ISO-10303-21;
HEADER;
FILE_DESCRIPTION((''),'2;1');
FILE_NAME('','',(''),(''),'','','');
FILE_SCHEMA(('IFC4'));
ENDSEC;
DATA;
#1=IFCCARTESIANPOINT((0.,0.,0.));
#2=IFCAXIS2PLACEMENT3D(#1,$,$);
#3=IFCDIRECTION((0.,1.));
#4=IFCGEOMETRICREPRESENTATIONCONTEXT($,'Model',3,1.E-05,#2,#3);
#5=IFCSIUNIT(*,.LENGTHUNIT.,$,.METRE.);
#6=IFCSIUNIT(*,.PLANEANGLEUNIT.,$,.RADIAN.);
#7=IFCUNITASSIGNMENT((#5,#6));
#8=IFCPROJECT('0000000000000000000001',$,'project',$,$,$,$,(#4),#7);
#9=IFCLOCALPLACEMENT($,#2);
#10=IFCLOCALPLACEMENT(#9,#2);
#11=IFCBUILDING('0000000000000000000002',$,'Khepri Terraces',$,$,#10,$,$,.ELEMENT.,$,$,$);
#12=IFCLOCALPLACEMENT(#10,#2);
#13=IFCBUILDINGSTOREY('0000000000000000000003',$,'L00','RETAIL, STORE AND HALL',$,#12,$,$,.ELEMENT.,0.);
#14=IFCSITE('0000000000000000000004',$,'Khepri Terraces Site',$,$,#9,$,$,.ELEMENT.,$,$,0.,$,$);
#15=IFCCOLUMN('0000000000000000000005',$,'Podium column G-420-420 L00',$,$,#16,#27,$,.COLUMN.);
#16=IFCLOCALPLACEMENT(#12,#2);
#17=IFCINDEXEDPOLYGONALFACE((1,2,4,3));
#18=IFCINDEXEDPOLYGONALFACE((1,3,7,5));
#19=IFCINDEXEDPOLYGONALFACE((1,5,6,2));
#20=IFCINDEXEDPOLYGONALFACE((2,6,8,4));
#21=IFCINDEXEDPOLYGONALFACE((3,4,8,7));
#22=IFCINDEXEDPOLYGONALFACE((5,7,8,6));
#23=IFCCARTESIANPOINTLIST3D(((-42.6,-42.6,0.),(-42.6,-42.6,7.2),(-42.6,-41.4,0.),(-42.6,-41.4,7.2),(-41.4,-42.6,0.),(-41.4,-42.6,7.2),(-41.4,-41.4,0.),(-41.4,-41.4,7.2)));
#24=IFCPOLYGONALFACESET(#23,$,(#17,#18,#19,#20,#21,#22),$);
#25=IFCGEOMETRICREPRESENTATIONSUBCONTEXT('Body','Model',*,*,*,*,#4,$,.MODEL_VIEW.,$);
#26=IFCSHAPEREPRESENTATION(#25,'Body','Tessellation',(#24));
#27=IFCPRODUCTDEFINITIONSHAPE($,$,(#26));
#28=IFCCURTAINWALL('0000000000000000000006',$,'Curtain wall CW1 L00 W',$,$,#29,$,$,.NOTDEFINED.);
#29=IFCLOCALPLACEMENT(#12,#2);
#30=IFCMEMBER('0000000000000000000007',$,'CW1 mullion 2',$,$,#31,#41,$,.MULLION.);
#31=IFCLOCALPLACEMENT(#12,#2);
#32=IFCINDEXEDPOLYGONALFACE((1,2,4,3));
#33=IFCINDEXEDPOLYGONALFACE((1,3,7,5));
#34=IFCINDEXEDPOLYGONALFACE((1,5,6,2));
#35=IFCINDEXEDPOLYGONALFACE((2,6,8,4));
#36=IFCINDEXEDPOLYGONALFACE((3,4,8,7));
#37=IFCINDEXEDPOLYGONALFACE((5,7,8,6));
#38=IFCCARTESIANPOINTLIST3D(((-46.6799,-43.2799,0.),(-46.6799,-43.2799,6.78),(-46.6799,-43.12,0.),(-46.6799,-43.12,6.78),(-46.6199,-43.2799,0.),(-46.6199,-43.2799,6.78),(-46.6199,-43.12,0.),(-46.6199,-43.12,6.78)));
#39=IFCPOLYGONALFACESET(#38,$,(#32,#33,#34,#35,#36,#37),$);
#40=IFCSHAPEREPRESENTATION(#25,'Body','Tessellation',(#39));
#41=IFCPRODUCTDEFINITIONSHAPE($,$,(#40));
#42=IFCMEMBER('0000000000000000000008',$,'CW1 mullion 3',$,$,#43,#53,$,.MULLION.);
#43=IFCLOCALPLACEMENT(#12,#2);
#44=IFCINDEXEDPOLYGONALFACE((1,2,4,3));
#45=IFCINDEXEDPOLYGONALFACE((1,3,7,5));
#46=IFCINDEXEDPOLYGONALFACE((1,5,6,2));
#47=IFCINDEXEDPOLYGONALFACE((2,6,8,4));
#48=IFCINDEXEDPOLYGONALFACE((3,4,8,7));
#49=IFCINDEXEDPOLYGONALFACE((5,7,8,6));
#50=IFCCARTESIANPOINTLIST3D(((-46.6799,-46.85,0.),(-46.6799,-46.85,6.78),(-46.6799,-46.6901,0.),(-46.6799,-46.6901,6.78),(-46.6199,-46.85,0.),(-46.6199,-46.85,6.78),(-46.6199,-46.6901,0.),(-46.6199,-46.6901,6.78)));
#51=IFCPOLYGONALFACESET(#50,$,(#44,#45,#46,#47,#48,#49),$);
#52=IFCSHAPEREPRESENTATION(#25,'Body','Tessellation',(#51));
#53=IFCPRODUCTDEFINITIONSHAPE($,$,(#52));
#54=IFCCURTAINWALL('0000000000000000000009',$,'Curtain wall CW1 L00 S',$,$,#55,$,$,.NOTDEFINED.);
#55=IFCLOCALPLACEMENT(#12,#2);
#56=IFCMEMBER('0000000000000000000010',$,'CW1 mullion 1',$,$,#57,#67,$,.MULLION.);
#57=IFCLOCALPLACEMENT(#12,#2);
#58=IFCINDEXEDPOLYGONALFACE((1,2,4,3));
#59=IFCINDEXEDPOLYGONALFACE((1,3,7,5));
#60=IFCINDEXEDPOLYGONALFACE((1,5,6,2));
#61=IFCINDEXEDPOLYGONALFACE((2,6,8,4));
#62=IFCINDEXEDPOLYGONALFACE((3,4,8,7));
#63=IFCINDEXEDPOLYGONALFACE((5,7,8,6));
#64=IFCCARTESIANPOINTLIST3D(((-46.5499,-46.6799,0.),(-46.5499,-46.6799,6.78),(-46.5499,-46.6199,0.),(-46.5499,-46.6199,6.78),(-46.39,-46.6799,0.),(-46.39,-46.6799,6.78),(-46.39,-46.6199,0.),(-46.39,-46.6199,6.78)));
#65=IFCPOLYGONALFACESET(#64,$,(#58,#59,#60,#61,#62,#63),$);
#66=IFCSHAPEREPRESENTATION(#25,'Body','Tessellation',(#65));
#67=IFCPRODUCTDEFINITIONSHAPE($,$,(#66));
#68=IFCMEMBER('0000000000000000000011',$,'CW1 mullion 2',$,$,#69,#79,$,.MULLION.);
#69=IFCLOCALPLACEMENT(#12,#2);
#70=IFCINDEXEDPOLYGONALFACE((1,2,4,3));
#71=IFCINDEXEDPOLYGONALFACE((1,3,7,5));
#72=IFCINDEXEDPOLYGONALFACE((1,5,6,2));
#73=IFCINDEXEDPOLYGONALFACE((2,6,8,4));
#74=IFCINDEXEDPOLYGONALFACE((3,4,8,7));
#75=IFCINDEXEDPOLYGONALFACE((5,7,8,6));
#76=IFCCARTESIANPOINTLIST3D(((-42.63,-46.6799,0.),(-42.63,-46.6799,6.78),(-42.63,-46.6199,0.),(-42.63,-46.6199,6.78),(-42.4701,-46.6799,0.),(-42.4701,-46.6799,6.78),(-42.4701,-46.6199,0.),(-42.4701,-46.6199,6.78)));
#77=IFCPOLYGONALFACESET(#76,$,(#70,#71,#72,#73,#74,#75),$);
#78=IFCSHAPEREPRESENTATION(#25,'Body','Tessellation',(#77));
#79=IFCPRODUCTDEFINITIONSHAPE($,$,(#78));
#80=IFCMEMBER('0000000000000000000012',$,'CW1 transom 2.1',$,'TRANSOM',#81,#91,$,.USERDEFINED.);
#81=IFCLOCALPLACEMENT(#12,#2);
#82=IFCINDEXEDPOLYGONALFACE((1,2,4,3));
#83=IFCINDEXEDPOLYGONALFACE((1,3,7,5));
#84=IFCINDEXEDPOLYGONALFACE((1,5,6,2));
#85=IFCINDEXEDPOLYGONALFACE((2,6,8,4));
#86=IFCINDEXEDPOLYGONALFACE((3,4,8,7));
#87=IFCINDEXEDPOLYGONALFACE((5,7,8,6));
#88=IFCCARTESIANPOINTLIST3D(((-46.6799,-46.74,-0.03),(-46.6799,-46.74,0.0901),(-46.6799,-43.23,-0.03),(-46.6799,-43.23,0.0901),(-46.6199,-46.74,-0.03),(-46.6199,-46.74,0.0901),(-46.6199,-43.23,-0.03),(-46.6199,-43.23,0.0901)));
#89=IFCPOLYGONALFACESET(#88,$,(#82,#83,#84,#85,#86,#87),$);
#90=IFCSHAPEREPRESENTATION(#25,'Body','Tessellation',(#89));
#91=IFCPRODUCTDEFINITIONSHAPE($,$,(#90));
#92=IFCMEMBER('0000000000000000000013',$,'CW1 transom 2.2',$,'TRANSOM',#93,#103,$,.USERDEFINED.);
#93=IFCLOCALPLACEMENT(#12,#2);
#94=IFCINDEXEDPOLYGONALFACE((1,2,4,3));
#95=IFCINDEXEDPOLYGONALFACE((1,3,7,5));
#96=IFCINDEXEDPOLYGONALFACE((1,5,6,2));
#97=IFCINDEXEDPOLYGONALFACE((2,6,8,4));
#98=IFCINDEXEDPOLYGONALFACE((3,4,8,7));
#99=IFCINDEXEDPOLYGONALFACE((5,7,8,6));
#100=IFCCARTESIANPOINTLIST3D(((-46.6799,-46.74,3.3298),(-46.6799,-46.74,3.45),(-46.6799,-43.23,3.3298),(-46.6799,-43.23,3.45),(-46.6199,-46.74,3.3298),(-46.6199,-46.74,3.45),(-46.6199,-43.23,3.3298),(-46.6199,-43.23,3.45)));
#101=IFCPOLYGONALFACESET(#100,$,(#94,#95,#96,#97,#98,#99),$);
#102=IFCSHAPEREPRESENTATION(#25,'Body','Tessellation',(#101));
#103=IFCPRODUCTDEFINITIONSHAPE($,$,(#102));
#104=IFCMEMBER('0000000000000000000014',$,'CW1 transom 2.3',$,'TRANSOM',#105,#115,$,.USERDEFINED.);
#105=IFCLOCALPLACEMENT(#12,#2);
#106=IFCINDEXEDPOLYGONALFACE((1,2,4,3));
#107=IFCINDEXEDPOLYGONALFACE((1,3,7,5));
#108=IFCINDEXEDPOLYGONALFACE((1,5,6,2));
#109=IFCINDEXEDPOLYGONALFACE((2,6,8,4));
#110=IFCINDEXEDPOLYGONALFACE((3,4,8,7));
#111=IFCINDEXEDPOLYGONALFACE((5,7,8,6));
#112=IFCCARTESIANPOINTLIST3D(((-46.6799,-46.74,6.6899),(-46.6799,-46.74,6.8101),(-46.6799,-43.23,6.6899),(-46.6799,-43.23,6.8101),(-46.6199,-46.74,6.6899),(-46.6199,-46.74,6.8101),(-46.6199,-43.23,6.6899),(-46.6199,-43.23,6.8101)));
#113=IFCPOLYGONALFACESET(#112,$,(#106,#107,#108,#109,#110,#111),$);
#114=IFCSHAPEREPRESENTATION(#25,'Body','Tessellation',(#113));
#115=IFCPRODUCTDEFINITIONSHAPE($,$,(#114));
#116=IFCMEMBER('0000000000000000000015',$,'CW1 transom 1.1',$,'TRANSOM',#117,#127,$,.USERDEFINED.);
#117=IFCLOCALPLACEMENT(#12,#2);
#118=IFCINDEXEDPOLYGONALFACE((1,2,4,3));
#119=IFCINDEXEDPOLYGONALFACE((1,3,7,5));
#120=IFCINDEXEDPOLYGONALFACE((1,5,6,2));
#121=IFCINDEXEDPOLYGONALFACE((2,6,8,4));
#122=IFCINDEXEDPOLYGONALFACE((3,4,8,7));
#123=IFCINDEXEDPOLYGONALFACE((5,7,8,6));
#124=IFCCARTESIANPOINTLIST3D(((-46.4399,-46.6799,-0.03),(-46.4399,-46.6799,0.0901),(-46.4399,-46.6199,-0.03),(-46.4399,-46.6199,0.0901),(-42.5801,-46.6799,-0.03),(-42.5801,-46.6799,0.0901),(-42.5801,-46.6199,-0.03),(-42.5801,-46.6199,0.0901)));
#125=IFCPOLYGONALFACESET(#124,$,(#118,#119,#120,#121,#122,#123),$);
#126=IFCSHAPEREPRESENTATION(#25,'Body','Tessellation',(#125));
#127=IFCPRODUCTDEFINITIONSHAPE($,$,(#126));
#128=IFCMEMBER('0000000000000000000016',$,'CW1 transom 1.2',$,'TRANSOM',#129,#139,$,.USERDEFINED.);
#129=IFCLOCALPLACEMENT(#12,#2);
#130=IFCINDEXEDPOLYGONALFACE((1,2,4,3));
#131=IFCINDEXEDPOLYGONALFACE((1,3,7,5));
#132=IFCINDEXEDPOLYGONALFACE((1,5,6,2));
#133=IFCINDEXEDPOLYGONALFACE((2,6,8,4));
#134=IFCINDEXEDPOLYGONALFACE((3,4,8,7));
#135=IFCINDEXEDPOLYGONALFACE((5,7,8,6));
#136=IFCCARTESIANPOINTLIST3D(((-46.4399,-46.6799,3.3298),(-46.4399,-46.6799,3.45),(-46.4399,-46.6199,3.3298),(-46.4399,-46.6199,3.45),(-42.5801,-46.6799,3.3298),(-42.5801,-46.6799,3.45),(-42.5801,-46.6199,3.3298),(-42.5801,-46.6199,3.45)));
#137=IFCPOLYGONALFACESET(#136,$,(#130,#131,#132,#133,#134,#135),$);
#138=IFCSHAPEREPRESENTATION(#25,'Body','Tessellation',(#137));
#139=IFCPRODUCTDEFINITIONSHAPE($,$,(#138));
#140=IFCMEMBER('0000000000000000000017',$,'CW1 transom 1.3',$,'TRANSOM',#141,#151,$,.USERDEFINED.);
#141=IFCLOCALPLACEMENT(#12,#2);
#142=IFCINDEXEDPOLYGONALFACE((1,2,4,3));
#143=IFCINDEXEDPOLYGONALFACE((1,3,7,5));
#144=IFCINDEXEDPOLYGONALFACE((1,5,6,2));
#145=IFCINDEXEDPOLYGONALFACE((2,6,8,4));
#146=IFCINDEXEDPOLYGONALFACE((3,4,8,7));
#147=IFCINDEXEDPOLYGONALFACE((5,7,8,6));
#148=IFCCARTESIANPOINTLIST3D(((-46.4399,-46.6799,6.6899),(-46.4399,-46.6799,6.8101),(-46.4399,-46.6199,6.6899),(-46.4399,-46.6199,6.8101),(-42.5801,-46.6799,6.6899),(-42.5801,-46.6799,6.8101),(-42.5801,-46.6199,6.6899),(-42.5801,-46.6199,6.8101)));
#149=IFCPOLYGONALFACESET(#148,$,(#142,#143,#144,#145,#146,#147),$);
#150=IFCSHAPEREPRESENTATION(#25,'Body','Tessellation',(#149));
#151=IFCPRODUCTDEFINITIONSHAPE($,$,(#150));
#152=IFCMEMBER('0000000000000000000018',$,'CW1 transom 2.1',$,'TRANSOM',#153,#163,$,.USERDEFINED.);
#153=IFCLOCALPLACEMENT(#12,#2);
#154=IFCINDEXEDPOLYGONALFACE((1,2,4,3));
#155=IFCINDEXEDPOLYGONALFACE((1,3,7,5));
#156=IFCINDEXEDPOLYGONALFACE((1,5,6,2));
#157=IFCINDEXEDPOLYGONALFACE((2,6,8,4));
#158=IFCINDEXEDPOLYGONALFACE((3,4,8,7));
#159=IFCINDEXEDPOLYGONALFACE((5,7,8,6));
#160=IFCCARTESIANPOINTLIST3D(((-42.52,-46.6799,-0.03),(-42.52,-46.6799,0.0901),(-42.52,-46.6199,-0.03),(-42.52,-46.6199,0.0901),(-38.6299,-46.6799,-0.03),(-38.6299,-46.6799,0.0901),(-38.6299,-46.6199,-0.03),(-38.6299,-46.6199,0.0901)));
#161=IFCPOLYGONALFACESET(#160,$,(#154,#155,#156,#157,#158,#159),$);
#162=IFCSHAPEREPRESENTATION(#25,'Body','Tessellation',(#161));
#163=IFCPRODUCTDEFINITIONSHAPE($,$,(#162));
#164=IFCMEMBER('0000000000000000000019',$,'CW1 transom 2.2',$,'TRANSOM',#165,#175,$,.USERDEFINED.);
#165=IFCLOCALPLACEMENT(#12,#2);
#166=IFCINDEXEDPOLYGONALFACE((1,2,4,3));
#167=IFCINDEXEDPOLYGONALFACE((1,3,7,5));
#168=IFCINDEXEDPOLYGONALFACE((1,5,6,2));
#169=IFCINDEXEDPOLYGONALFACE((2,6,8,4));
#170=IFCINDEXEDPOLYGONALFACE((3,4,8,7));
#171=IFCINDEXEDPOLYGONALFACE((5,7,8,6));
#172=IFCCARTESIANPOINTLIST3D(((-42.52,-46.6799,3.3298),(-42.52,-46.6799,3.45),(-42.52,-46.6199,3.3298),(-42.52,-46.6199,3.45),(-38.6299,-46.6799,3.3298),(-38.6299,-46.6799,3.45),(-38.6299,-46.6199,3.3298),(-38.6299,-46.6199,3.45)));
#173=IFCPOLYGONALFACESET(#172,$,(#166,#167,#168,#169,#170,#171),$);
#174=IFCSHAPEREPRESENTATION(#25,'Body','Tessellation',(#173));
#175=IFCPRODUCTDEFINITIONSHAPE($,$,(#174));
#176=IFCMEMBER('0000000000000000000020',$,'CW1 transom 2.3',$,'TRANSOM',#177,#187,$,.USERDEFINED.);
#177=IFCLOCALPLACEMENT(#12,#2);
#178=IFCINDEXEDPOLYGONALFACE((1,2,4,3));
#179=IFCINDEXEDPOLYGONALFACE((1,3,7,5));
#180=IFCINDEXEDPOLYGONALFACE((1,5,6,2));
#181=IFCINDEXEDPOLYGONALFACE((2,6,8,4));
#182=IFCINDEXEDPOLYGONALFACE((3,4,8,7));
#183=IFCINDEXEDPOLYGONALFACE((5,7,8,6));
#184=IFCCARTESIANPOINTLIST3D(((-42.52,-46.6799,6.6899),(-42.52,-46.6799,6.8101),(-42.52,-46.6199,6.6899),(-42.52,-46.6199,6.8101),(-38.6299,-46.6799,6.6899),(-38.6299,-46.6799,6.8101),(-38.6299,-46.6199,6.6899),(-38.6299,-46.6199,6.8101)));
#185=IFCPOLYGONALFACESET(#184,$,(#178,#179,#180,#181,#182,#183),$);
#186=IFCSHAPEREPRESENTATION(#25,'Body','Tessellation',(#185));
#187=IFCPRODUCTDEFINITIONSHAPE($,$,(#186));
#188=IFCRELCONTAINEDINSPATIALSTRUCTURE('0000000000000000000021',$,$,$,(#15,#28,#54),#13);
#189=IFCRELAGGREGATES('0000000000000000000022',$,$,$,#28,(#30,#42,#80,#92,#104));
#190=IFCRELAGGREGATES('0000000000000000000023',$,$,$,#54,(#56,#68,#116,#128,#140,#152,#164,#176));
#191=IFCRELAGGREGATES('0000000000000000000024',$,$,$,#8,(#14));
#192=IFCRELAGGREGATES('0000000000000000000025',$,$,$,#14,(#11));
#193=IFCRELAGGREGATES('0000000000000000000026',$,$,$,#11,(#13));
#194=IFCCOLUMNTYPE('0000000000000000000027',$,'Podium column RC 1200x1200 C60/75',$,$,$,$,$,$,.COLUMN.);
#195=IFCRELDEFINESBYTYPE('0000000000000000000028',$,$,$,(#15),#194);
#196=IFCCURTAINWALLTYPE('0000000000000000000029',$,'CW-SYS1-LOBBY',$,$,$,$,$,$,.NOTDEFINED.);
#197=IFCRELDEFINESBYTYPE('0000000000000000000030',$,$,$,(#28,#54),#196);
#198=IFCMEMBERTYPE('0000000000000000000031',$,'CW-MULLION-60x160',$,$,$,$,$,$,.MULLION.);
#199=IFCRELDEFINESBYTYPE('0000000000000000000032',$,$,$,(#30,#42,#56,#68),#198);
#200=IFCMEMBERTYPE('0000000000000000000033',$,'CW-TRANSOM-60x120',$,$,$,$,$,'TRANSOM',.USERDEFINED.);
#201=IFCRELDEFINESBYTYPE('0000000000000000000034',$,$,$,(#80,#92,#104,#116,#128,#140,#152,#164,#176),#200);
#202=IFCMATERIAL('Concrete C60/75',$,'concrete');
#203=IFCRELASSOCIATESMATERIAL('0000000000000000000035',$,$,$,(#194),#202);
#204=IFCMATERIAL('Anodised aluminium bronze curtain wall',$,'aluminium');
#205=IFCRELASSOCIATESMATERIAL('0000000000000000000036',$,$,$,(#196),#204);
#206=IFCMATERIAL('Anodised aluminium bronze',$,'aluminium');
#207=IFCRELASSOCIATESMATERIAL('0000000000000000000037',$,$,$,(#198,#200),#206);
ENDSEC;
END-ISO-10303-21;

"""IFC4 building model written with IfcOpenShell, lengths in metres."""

from ifc_helpers import new_model, si_unit, direction, frame, origin, origin_2d, place, context, subcontext, project, spatial, rectangle, extrude, material, material_profile, profile_set, type_object, element, aggregate, save


model = new_model("IFC4")

# Units and contexts
model_context = context("Model", 3, precision=1e-05, world=origin(), true_north=direction((0.0, 1.0)))
body_context = subcontext(model_context, "Body", "Model", "MODEL_VIEW")
ifc_project = project(units=[si_unit("LENGTHUNIT", "METRE"), si_unit("PLANEANGLEUNIT", "RADIAN")], contexts=[model_context])

# Site, building, storey
site_placement = place(None, origin())
site = spatial("IfcSite", under=ifc_project, at=site_placement, Name="Khepri Terraces Site", CompositionType="ELEMENT", RefElevation=0.0)
building_placement = place(site_placement, origin())
building = spatial("IfcBuilding", under=site, at=building_placement, Name="Khepri Terraces", CompositionType="ELEMENT")
storey_placement = place(building_placement, origin())
storey = spatial("IfcBuildingStorey", under=building, at=storey_placement, Name="L00", Description="RETAIL, STORE AND HALL", CompositionType="ELEMENT", Elevation=0.0)

# Column
ifc_material_1 = material(Name="Concrete C60/75", Category="concrete")
ifc_material_profile_1 = material_profile(ifc_material_1, rectangle(XDim=1.2, YDim=1.2, at=origin_2d()), Name="Concrete C60/75", Category="concrete")
ifc_profile_set_1 = profile_set([ifc_material_profile_1], Name="Concrete C60/75")
column_type = type_object("IfcColumnType", Name="Podium column RC 1200x1200 C60/75", PredefinedType="COLUMN", material=ifc_profile_set_1)
column_placement = place(storey_placement, frame((-42.0, -42.0, 0.0), z_axis=(0.0, 0.0, 1.0), x_axis=(1.0, 0.0, 0.0)))
element("IfcColumn", 1, at=column_placement, inside=storey, type_object=column_type, Name="Podium column G-420-420 L00", PredefinedType="COLUMN", context=body_context, shape_type="SweptSolid", body=[
    extrude(rectangle(XDim=1.2, YDim=1.2, at=origin_2d()), origin(), (0.0, 0.0, 1.0), 7.2),
])

# Curtain walls, members
ifc_material_2 = material(Name="Anodised aluminium bronze curtain wall", Category="aluminium")
curtain_wall_type = type_object("IfcCurtainWallType", Name="CW-SYS1-LOBBY", PredefinedType="NOTDEFINED", material=ifc_material_2)
curtain_wall_1_placement = place(storey_placement, origin())
curtain_wall_1 = element("IfcCurtainWall", 2, at=curtain_wall_1_placement, inside=storey, type_object=curtain_wall_type, Name="Curtain wall CW1 L00 W", PredefinedType="NOTDEFINED")
ifc_material_3 = material(Name="Anodised aluminium bronze", Category="aluminium")
ifc_material_profile_2 = material_profile(ifc_material_3, rectangle(XDim=0.0601, YDim=0.1599, at=origin_2d()), Name="Anodised aluminium bronze", Category="aluminium")
ifc_profile_set_2 = profile_set([ifc_material_profile_2], Name="Anodised aluminium bronze")
member_type_1 = type_object("IfcMemberType", Name="CW-MULLION-60x160", PredefinedType="MULLION", material=ifc_profile_set_2)
member_1_placement = place(storey_placement, frame((-46.6499, -43.2, 0.0), z_axis=(0.0, 0.0, 1.0), x_axis=(1.0, 0.0, 0.0)))
member_1 = element("IfcMember", 3, at=member_1_placement, type_object=member_type_1, Name="CW1 mullion 2", PredefinedType="MULLION", context=body_context, shape_type="SweptSolid", body=[
    extrude(rectangle(XDim=0.0601, YDim=0.1599, at=origin_2d()), origin(), (0.0, 0.0, 1.0), 6.78),
])
member_2_placement = place(storey_placement, frame((-46.6499, -46.77, 0.0), z_axis=(0.0, 0.0, 1.0), x_axis=(1.0, 0.0, 0.0)))
member_2 = element("IfcMember", 4, at=member_2_placement, type_object=member_type_1, Name="CW1 mullion 3", PredefinedType="MULLION", context=body_context, shape_type="SweptSolid", body=[
    extrude(rectangle(XDim=0.0601, YDim=0.1599, at=origin_2d()), origin(), (0.0, 0.0, 1.0), 6.78),
])
curtain_wall_2_placement = place(storey_placement, origin())
curtain_wall_2 = element("IfcCurtainWall", 5, at=curtain_wall_2_placement, inside=storey, type_object=curtain_wall_type, Name="Curtain wall CW1 L00 S", PredefinedType="NOTDEFINED")
member_3_placement = place(storey_placement, frame((-46.47, -46.6499, 0.0), z_axis=(0.0, 0.0, 1.0), x_axis=(0.0, 1.0, 0.0)))
member_3 = element("IfcMember", 6, at=member_3_placement, type_object=member_type_1, Name="CW1 mullion 1", PredefinedType="MULLION", context=body_context, shape_type="SweptSolid", body=[
    extrude(rectangle(XDim=0.0601, YDim=0.1599, at=origin_2d()), origin(), (0.0, 0.0, 1.0), 6.78),
])
member_4_placement = place(storey_placement, frame((-42.55, -46.6499, 0.0), z_axis=(0.0, 0.0, 1.0), x_axis=(0.0, 1.0, 0.0)))
member_4 = element("IfcMember", 7, at=member_4_placement, type_object=member_type_1, Name="CW1 mullion 2", PredefinedType="MULLION", context=body_context, shape_type="SweptSolid", body=[
    extrude(rectangle(XDim=0.0601, YDim=0.1599, at=origin_2d()), origin(), (0.0, 0.0, 1.0), 6.78),
])

# Members
ifc_material_profile_3 = material_profile(ifc_material_3, rectangle(XDim=0.0601, YDim=0.1201, at=origin_2d()), Name="Anodised aluminium bronze", Category="aluminium")
ifc_profile_set_3 = profile_set([ifc_material_profile_3], Name="Anodised aluminium bronze")
member_type_2 = type_object("IfcMemberType", Name="CW-TRANSOM-60x120", ElementType="TRANSOM", PredefinedType="USERDEFINED", material=ifc_profile_set_3)
member_5_placement = place(storey_placement, frame((-46.6499, -43.23, 0.03), z_axis=(0.0, -1.0, 0.0), x_axis=(1.0, 0.0, 0.0)))
member_5 = element("IfcMember", 8, at=member_5_placement, type_object=member_type_2, Name="CW1 transom 2.1", ObjectType="TRANSOM", PredefinedType="USERDEFINED", context=body_context, shape_type="SweptSolid", body=[
    extrude(rectangle(XDim=0.0601, YDim=0.1201, at=origin_2d()), origin(), (0.0, 0.0, 1.0), 3.51),
])
member_6_placement = place(storey_placement, frame((-46.6499, -43.23, 3.3899), z_axis=(0.0, -1.0, 0.0), x_axis=(1.0, 0.0, 0.0)))
member_6 = element("IfcMember", 9, at=member_6_placement, type_object=member_type_2, Name="CW1 transom 2.2", ObjectType="TRANSOM", PredefinedType="USERDEFINED", context=body_context, shape_type="SweptSolid", body=[
    extrude(rectangle(XDim=0.0601, YDim=0.1201, at=origin_2d()), origin(), (0.0, 0.0, 1.0), 3.51),
])
member_7_placement = place(storey_placement, frame((-46.6499, -43.23, 6.75), z_axis=(0.0, -1.0, 0.0), x_axis=(1.0, 0.0, 0.0)))
member_7 = element("IfcMember", 10, at=member_7_placement, type_object=member_type_2, Name="CW1 transom 2.3", ObjectType="TRANSOM", PredefinedType="USERDEFINED", context=body_context, shape_type="SweptSolid", body=[
    extrude(rectangle(XDim=0.0601, YDim=0.1201, at=origin_2d()), origin(), (0.0, 0.0, 1.0), 3.51),
])
member_8_placement = place(storey_placement, frame((-46.4399, -46.6499, 0.03), z_axis=(1.0, 0.0, 0.0), x_axis=(0.0, 1.0, 0.0)))
member_8 = element("IfcMember", 11, at=member_8_placement, type_object=member_type_2, Name="CW1 transom 1.1", ObjectType="TRANSOM", PredefinedType="USERDEFINED", context=body_context, shape_type="SweptSolid", body=[
    extrude(rectangle(XDim=0.0601, YDim=0.1201, at=origin_2d()), origin(), (0.0, 0.0, 1.0), 3.8599),
])
member_9_placement = place(storey_placement, frame((-46.4399, -46.6499, 3.3899), z_axis=(1.0, 0.0, 0.0), x_axis=(0.0, 1.0, 0.0)))
member_9 = element("IfcMember", 12, at=member_9_placement, type_object=member_type_2, Name="CW1 transom 1.2", ObjectType="TRANSOM", PredefinedType="USERDEFINED", context=body_context, shape_type="SweptSolid", body=[
    extrude(rectangle(XDim=0.0601, YDim=0.1201, at=origin_2d()), origin(), (0.0, 0.0, 1.0), 3.8599),
])
member_10_placement = place(storey_placement, frame((-46.4399, -46.6499, 6.75), z_axis=(1.0, 0.0, 0.0), x_axis=(0.0, 1.0, 0.0)))
member_10 = element("IfcMember", 13, at=member_10_placement, type_object=member_type_2, Name="CW1 transom 1.3", ObjectType="TRANSOM", PredefinedType="USERDEFINED", context=body_context, shape_type="SweptSolid", body=[
    extrude(rectangle(XDim=0.0601, YDim=0.1201, at=origin_2d()), origin(), (0.0, 0.0, 1.0), 3.8599),
])
member_11_placement = place(storey_placement, frame((-42.52, -46.6499, 0.03), z_axis=(1.0, 0.0, 0.0), x_axis=(0.0, 1.0, 0.0)))
member_11 = element("IfcMember", 14, at=member_11_placement, type_object=member_type_2, Name="CW1 transom 2.1", ObjectType="TRANSOM", PredefinedType="USERDEFINED", context=body_context, shape_type="SweptSolid", body=[
    extrude(rectangle(XDim=0.0601, YDim=0.1201, at=origin_2d()), origin(), (0.0, 0.0, 1.0), 3.8901),
])
member_12_placement = place(storey_placement, frame((-42.52, -46.6499, 3.3899), z_axis=(1.0, 0.0, 0.0), x_axis=(0.0, 1.0, 0.0)))
member_12 = element("IfcMember", 15, at=member_12_placement, type_object=member_type_2, Name="CW1 transom 2.2", ObjectType="TRANSOM", PredefinedType="USERDEFINED", context=body_context, shape_type="SweptSolid", body=[
    extrude(rectangle(XDim=0.0601, YDim=0.1201, at=origin_2d()), origin(), (0.0, 0.0, 1.0), 3.8901),
])
member_13_placement = place(storey_placement, frame((-42.52, -46.6499, 6.75), z_axis=(1.0, 0.0, 0.0), x_axis=(0.0, 1.0, 0.0)))
member_13 = element("IfcMember", 16, at=member_13_placement, type_object=member_type_2, Name="CW1 transom 2.3", ObjectType="TRANSOM", PredefinedType="USERDEFINED", context=body_context, shape_type="SweptSolid", body=[
    extrude(rectangle(XDim=0.0601, YDim=0.1201, at=origin_2d()), origin(), (0.0, 0.0, 1.0), 3.8901),
])

aggregate(curtain_wall_1, [member_1, member_2, member_5, member_6, member_7])
aggregate(curtain_wall_2, [member_3, member_4, member_8, member_9, member_10, member_11, member_12, member_13])

save(model, "model.ifc")
